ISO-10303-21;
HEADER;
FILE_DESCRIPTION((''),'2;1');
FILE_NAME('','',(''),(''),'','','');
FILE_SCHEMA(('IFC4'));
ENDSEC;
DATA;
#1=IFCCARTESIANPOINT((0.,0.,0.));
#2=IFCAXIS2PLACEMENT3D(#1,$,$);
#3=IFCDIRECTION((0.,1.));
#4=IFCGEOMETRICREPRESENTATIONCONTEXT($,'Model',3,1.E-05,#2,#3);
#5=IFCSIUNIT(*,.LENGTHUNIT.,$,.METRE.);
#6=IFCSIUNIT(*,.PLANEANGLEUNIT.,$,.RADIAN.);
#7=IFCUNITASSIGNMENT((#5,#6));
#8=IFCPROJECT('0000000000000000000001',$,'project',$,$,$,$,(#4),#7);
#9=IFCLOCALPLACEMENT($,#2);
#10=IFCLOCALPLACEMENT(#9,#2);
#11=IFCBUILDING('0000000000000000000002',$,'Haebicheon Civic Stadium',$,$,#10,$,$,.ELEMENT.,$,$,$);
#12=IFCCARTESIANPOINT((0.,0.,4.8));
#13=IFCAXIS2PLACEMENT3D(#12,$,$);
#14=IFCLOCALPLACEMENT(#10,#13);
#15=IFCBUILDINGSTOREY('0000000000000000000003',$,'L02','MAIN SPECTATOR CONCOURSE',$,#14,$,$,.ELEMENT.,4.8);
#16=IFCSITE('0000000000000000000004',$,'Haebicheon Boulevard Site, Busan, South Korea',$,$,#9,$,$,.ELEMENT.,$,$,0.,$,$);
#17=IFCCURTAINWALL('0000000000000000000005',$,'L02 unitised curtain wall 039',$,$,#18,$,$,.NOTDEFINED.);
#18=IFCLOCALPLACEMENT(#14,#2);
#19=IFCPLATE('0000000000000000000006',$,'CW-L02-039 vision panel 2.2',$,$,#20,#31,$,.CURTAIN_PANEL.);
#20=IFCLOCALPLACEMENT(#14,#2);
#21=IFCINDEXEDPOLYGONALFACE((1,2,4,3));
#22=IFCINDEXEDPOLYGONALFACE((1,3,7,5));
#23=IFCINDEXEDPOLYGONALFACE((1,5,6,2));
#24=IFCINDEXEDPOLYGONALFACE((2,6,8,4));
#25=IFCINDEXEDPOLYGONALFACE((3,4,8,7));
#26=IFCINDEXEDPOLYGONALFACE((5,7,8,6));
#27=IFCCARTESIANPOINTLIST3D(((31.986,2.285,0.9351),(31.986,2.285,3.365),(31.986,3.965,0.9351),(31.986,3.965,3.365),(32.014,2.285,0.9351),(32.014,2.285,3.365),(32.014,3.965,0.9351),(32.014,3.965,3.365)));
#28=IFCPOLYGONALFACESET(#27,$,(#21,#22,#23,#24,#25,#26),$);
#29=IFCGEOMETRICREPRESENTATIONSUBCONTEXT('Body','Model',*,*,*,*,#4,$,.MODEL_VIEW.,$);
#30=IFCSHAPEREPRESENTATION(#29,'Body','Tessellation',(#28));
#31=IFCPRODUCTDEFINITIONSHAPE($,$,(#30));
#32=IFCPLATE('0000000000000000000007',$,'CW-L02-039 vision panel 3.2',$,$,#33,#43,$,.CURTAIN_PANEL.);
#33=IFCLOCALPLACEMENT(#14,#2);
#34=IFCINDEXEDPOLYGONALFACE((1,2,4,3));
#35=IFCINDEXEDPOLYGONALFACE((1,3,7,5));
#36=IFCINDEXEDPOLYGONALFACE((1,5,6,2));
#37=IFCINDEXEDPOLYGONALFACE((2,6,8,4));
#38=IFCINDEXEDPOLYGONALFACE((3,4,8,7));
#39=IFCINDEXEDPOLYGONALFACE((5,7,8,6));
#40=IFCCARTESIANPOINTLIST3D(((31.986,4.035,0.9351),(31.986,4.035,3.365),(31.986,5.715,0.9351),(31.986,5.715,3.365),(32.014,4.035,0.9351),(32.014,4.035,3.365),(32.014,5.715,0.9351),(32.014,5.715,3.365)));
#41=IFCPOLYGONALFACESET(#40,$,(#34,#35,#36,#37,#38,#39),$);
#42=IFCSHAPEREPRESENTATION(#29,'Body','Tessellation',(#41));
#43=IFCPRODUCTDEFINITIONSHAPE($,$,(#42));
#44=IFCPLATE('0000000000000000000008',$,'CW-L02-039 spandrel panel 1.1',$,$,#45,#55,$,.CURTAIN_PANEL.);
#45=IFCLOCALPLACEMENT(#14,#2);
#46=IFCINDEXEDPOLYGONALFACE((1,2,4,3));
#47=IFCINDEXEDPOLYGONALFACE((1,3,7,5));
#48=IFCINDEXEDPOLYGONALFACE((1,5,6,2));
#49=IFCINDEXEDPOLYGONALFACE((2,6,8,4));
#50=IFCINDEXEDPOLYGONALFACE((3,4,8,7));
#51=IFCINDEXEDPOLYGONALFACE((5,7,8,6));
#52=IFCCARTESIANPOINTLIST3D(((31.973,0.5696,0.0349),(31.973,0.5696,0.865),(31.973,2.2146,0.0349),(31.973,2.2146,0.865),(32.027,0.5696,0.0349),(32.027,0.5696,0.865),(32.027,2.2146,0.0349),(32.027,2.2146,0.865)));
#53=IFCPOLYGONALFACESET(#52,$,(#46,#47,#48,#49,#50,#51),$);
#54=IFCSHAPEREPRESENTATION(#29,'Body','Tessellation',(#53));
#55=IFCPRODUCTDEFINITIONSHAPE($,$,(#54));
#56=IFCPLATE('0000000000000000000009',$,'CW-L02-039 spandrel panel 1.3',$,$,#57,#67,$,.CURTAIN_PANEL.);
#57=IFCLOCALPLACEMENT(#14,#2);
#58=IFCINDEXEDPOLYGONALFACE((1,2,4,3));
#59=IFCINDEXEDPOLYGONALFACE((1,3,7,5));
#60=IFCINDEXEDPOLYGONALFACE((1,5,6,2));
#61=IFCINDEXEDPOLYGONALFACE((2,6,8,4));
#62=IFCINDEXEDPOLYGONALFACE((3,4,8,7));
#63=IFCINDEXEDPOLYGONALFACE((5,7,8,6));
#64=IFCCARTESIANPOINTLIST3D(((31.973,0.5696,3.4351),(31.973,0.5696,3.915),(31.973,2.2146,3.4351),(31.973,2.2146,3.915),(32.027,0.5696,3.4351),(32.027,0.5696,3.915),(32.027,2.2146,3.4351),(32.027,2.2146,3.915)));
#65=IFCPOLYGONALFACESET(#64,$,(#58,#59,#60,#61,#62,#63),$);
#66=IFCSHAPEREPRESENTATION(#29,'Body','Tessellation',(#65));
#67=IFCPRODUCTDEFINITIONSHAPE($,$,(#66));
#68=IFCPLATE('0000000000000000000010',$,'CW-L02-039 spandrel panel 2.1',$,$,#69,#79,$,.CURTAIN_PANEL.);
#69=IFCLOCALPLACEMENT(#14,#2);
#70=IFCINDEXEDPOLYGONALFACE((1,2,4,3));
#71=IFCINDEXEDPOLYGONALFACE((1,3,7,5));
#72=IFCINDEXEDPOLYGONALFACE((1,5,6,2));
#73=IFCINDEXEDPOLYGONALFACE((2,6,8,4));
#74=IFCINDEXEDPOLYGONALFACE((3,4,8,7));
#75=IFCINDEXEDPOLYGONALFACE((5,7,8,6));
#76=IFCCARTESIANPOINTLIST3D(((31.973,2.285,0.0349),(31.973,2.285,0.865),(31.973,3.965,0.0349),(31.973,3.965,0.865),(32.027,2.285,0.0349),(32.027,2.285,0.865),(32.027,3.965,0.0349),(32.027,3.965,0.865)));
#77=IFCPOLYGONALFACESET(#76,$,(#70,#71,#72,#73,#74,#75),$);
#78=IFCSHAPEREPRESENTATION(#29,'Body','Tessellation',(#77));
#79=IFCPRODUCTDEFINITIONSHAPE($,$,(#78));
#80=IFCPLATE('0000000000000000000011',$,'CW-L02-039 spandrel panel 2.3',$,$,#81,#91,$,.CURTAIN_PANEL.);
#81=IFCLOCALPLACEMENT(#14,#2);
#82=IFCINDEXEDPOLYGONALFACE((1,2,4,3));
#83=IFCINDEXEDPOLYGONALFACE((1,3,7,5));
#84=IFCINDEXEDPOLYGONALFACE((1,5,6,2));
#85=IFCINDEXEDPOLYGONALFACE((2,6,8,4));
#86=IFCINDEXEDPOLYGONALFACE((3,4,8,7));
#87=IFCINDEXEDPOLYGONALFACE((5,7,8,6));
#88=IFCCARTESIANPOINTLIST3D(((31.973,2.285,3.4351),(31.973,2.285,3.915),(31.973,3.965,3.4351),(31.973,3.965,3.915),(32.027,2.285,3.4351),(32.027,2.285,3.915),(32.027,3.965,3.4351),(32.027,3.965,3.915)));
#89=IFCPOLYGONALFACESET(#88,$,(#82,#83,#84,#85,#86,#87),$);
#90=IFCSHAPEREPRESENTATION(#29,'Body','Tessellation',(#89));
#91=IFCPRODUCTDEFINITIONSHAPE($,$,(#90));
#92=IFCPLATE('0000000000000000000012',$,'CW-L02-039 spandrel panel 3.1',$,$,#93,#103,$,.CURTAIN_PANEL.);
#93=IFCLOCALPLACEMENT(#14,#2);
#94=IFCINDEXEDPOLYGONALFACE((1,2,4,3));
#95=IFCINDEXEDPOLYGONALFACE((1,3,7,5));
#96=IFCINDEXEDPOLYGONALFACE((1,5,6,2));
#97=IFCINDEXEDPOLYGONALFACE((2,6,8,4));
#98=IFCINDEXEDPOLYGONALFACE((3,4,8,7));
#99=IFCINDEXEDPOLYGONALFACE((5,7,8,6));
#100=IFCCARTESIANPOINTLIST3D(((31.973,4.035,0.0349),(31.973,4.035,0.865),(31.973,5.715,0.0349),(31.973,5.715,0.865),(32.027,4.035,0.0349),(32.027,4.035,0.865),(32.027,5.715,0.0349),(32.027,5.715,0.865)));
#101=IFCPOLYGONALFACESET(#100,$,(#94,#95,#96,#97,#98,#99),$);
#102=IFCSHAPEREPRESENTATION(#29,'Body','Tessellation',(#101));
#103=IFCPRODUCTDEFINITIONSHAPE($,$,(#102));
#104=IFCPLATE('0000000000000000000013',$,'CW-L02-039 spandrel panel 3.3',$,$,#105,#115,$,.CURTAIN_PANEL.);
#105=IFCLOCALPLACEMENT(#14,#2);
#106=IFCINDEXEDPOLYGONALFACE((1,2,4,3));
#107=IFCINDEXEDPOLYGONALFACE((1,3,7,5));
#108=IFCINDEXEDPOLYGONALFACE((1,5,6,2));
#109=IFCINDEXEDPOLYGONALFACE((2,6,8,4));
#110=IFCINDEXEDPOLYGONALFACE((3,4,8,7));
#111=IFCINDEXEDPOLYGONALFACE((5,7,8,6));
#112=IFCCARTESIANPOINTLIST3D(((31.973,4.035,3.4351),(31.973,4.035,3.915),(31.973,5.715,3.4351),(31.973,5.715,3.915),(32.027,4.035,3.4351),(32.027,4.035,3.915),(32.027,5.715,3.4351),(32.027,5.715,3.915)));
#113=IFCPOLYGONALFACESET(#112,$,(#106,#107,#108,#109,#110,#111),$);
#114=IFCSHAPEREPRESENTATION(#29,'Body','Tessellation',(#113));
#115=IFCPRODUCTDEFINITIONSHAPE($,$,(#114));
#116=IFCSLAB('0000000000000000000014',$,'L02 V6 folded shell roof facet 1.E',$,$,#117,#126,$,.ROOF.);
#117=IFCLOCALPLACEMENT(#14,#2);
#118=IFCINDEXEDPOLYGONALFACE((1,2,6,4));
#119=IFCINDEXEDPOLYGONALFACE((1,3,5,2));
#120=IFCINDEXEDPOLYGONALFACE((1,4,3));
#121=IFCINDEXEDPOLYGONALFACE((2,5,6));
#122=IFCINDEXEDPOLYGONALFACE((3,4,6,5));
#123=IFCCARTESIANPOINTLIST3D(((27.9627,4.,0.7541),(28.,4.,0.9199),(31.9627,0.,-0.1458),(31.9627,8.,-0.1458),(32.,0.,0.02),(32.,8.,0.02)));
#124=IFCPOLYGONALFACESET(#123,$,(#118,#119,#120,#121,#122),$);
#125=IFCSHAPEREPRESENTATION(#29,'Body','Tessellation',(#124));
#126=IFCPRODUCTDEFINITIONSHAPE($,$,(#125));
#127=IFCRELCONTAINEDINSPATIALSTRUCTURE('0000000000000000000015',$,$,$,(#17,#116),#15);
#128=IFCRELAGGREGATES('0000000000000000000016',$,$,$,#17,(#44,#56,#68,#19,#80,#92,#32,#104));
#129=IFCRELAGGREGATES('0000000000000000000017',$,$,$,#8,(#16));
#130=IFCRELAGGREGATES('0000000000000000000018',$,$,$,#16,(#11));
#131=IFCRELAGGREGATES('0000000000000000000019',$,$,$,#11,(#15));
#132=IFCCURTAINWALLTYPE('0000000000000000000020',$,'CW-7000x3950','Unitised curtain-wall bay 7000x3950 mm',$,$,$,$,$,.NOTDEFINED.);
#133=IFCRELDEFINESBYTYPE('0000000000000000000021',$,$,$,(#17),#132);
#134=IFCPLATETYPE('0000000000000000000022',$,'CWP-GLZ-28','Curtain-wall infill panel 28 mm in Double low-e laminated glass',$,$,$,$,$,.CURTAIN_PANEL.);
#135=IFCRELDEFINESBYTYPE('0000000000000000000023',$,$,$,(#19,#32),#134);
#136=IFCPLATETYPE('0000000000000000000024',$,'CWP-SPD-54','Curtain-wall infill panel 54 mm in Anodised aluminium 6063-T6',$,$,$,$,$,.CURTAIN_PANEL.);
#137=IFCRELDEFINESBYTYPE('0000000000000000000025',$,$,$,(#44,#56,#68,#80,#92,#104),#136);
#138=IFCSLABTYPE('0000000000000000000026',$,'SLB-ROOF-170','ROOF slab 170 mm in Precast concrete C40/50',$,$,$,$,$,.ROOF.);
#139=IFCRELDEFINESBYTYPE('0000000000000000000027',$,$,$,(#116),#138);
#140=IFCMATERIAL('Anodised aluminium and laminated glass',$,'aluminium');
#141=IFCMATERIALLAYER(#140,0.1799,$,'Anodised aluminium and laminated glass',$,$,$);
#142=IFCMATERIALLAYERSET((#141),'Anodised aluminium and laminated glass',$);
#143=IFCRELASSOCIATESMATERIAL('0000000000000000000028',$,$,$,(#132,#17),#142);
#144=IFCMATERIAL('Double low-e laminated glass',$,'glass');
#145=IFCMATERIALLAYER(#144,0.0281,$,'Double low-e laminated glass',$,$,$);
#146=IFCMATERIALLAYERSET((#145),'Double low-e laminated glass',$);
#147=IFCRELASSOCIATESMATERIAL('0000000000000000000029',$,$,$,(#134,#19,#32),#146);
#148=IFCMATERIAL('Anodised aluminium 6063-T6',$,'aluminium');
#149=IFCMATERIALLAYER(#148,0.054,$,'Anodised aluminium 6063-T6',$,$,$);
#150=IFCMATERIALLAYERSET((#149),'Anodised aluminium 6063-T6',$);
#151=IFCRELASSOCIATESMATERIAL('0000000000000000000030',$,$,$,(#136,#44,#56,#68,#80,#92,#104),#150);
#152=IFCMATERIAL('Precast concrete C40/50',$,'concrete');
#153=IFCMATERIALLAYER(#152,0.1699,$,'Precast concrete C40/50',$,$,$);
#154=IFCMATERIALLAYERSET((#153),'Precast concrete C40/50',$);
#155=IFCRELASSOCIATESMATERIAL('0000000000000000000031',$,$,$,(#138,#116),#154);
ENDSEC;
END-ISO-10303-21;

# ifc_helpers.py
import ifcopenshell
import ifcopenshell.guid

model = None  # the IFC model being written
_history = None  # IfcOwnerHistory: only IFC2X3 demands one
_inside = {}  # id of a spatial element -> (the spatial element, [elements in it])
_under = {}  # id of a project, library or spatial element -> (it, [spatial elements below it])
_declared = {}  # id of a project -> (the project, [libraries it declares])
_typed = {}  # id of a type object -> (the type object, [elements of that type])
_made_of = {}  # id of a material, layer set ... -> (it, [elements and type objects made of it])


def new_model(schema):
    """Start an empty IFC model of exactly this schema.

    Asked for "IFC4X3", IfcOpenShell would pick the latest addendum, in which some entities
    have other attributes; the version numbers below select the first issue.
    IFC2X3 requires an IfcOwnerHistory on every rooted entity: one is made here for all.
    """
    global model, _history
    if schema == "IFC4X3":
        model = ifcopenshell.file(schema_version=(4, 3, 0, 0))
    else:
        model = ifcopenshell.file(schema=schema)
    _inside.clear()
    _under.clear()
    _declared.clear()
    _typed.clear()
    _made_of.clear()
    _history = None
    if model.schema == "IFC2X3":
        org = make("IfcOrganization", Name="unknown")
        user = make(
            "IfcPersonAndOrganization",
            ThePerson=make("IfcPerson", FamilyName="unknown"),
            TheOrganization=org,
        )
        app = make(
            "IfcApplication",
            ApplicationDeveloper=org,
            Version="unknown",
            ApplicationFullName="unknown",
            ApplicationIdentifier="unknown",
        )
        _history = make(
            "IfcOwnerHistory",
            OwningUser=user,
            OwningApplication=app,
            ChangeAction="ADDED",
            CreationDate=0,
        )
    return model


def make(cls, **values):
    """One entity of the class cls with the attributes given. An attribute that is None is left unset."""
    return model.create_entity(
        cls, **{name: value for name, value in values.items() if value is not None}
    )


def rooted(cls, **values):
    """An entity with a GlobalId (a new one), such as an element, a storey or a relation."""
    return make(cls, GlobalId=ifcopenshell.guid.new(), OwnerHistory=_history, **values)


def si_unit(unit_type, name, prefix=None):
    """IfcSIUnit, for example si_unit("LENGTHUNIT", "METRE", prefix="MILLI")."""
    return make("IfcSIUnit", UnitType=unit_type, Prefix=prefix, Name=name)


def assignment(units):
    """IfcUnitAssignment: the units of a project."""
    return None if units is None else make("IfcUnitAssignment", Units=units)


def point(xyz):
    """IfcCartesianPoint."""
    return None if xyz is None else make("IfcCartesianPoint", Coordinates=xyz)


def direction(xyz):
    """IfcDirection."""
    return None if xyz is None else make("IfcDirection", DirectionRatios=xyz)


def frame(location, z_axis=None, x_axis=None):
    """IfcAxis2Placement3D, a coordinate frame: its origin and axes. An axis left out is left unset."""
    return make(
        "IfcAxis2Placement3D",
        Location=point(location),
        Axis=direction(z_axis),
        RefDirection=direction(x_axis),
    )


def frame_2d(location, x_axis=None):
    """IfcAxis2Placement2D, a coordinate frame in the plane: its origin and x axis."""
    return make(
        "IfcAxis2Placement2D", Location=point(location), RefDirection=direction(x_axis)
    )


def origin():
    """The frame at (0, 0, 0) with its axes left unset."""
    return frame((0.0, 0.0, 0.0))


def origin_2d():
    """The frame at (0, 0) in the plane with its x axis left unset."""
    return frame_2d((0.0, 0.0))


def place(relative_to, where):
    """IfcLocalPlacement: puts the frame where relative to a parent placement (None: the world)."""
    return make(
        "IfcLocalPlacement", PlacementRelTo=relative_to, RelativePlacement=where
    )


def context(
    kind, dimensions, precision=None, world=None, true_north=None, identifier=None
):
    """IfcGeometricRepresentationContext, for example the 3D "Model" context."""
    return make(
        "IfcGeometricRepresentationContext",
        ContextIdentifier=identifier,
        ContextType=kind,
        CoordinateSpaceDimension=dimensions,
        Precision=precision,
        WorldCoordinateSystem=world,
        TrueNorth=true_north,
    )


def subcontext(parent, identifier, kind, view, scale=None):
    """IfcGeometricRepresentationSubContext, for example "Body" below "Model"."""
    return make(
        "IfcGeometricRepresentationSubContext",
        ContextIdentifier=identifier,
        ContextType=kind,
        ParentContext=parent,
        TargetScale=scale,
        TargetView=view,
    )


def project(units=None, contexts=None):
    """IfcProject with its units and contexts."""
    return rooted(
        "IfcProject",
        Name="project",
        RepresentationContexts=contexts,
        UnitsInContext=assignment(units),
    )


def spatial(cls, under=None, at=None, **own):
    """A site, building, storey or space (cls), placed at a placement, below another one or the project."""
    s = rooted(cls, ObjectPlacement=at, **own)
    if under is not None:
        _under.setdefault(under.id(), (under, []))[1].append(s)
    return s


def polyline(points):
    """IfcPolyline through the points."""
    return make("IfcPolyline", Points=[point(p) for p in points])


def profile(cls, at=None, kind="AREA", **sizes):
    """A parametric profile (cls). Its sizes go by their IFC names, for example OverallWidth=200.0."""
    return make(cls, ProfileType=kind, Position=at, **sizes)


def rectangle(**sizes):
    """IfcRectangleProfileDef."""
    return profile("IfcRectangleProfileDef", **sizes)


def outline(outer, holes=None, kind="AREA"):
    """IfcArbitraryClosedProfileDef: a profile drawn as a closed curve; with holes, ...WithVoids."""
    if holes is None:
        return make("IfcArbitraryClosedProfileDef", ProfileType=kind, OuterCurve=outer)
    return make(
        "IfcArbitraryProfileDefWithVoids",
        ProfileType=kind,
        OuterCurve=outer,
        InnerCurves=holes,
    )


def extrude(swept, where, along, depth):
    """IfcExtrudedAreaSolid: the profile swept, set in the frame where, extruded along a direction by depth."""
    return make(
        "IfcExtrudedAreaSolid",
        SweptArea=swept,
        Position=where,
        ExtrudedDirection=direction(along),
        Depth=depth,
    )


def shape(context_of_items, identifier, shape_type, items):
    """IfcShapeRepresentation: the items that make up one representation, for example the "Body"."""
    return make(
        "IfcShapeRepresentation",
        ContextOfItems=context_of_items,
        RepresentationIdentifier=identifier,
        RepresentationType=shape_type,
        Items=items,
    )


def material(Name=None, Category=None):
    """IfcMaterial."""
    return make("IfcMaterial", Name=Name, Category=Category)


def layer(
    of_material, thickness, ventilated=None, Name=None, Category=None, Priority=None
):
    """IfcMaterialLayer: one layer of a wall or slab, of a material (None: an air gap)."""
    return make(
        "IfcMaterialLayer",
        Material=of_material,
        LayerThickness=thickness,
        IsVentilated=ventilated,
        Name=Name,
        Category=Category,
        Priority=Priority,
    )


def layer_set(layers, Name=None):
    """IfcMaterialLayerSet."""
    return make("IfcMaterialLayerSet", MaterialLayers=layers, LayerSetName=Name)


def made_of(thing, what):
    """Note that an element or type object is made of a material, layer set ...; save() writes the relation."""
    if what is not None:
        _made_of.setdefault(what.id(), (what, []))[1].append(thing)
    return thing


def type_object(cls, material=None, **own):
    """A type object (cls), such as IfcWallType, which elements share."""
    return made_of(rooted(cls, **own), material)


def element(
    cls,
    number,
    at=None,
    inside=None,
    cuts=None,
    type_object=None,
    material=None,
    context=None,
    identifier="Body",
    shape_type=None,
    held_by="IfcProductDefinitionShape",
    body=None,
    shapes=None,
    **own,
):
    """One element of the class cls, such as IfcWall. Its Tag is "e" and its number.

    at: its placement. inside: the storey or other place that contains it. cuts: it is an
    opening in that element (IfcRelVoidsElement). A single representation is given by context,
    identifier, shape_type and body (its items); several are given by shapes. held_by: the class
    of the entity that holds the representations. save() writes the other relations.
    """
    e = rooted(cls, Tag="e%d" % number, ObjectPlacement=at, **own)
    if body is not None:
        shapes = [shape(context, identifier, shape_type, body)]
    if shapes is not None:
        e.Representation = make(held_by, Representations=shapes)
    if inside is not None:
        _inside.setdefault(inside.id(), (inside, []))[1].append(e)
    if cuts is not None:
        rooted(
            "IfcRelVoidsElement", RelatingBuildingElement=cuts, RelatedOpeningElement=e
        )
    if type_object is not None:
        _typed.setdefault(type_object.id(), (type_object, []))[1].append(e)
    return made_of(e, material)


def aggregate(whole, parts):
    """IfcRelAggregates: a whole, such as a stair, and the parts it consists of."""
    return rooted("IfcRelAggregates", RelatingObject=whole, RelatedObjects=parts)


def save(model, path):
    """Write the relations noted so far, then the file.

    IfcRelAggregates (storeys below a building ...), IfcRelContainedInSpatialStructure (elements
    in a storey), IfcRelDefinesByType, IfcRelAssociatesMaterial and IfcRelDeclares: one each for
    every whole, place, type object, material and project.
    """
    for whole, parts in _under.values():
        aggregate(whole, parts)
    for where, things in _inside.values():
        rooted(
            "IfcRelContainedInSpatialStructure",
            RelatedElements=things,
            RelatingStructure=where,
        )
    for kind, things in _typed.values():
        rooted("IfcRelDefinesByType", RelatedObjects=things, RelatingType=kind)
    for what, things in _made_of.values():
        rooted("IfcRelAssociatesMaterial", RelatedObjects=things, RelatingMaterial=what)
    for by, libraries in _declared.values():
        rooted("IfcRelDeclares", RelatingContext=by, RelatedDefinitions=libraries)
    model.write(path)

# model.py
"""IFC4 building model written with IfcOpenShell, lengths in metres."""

from ifc_helpers import new_model, si_unit, direction, frame, origin, origin_2d, place, context, subcontext, project, spatial, polyline, rectangle, outline, extrude, material, layer, layer_set, type_object, element, aggregate, save


model = new_model("IFC4")

# Units and contexts
model_context = context("Model", 3, precision=1e-05, world=origin(), true_north=direction((0.0, 1.0)))
body_context = subcontext(model_context, "Body", "Model", "MODEL_VIEW")
ifc_project = project(units=[si_unit("LENGTHUNIT", "METRE"), si_unit("PLANEANGLEUNIT", "RADIAN")], contexts=[model_context])

# Site, building, storey
site_placement = place(None, origin())
site = spatial("IfcSite", under=ifc_project, at=site_placement, Name="Haebicheon Boulevard Site, Busan, South Korea", CompositionType="ELEMENT", RefElevation=0.0)
building_placement = place(site_placement, origin())
building = spatial("IfcBuilding", under=site, at=building_placement, Name="Haebicheon Civic Stadium", CompositionType="ELEMENT")
storey_placement = place(building_placement, frame((0.0, 0.0, 4.8)))
storey = spatial("IfcBuildingStorey", under=building, at=storey_placement, Name="L02", Description="MAIN SPECTATOR CONCOURSE", CompositionType="ELEMENT", Elevation=4.8)

# Shared definitions
ifc_material_1 = material(Name="Anodised aluminium and laminated glass", Category="aluminium")
ifc_layer_1 = layer(ifc_material_1, 0.1799, Name="Anodised aluminium and laminated glass")
ifc_layer_set_1 = layer_set([ifc_layer_1], Name="Anodised aluminium and laminated glass")
curtain_wall_type = type_object("IfcCurtainWallType", Name="CW-7000x3950", Description="Unitised curtain-wall bay 7000x3950 mm", PredefinedType="NOTDEFINED", material=ifc_layer_set_1)

# Curtain wall
curtain_wall_1_placement = place(storey_placement, origin())
curtain_wall_1 = element("IfcCurtainWall", 1, at=curtain_wall_1_placement, inside=storey, type_object=curtain_wall_type, material=ifc_layer_set_1, Name="L02 unitised curtain wall 039", PredefinedType="NOTDEFINED")

# Plates
ifc_material_2 = material(Name="Double low-e laminated glass", Category="glass")
ifc_layer_2 = layer(ifc_material_2, 0.0281, Name="Double low-e laminated glass")
ifc_layer_set_2 = layer_set([ifc_layer_2], Name="Double low-e laminated glass")
plate_type_1 = type_object("IfcPlateType", Name="CWP-GLZ-28", Description="Curtain-wall infill panel 28 mm in Double low-e laminated glass", PredefinedType="CURTAIN_PANEL", material=ifc_layer_set_2)
plate_1_placement = place(storey_placement, frame((32.0, 3.125, 0.9351), z_axis=(0.0, 0.0, 1.0), x_axis=(0.0, 1.0, 0.0)))
plate_1 = element("IfcPlate", 2, at=plate_1_placement, type_object=plate_type_1, material=ifc_layer_set_2, Name="CW-L02-039 vision panel 2.2", PredefinedType="CURTAIN_PANEL", context=body_context, shape_type="SweptSolid", body=[
    extrude(rectangle(XDim=1.6799, YDim=0.0281, at=origin_2d()), origin(), (0.0, 0.0, 1.0), 2.4299),
])
plate_2_placement = place(storey_placement, frame((32.0, 4.875, 0.9351), z_axis=(0.0, 0.0, 1.0), x_axis=(0.0, 1.0, 0.0)))
plate_2 = element("IfcPlate", 3, at=plate_2_placement, type_object=plate_type_1, material=ifc_layer_set_2, Name="CW-L02-039 vision panel 3.2", PredefinedType="CURTAIN_PANEL", context=body_context, shape_type="SweptSolid", body=[
    extrude(rectangle(XDim=1.6799, YDim=0.0281, at=origin_2d()), origin(), (0.0, 0.0, 1.0), 2.4299),
])
ifc_material_3 = material(Name="Anodised aluminium 6063-T6", Category="aluminium")
ifc_layer_3 = layer(ifc_material_3, 0.054, Name="Anodised aluminium 6063-T6")
ifc_layer_set_3 = layer_set([ifc_layer_3], Name="Anodised aluminium 6063-T6")
plate_type_2 = type_object("IfcPlateType", Name="CWP-SPD-54", Description="Curtain-wall infill panel 54 mm in Anodised aluminium 6063-T6", PredefinedType="CURTAIN_PANEL", material=ifc_layer_set_3)
plate_3_placement = place(storey_placement, frame((32.0, 1.3921, 0.0349), z_axis=(0.0, 0.0, 1.0), x_axis=(0.0, 1.0, 0.0)))
plate_3 = element("IfcPlate", 4, at=plate_3_placement, type_object=plate_type_2, material=ifc_layer_set_3, Name="CW-L02-039 spandrel panel 1.1", PredefinedType="CURTAIN_PANEL", context=body_context, shape_type="SweptSolid", body=[
    extrude(rectangle(XDim=1.645, YDim=0.054, at=origin_2d()), origin(), (0.0, 0.0, 1.0), 0.8301),
])
plate_4_placement = place(storey_placement, frame((32.0, 1.3921, 3.4351), z_axis=(0.0, 0.0, 1.0), x_axis=(0.0, 1.0, 0.0)))
plate_4 = element("IfcPlate", 5, at=plate_4_placement, type_object=plate_type_2, material=ifc_layer_set_3, Name="CW-L02-039 spandrel panel 1.3", PredefinedType="CURTAIN_PANEL", context=body_context, shape_type="SweptSolid", body=[
    extrude(rectangle(XDim=1.645, YDim=0.054, at=origin_2d()), origin(), (0.0, 0.0, 1.0), 0.48),
])
plate_5_placement = place(storey_placement, frame((32.0, 3.125, 0.0349), z_axis=(0.0, 0.0, 1.0), x_axis=(0.0, 1.0, 0.0)))
plate_5 = element("IfcPlate", 6, at=plate_5_placement, type_object=plate_type_2, material=ifc_layer_set_3, Name="CW-L02-039 spandrel panel 2.1", PredefinedType="CURTAIN_PANEL", context=body_context, shape_type="SweptSolid", body=[
    extrude(rectangle(XDim=1.6799, YDim=0.054, at=origin_2d()), origin(), (0.0, 0.0, 1.0), 0.8301),
])
plate_6_placement = place(storey_placement, frame((32.0, 3.125, 3.4351), z_axis=(0.0, 0.0, 1.0), x_axis=(0.0, 1.0, 0.0)))
plate_6 = element("IfcPlate", 7, at=plate_6_placement, type_object=plate_type_2, material=ifc_layer_set_3, Name="CW-L02-039 spandrel panel 2.3", PredefinedType="CURTAIN_PANEL", context=body_context, shape_type="SweptSolid", body=[
    extrude(rectangle(XDim=1.6799, YDim=0.054, at=origin_2d()), origin(), (0.0, 0.0, 1.0), 0.48),
])
plate_7_placement = place(storey_placement, frame((32.0, 4.875, 0.0349), z_axis=(0.0, 0.0, 1.0), x_axis=(0.0, 1.0, 0.0)))
plate_7 = element("IfcPlate", 8, at=plate_7_placement, type_object=plate_type_2, material=ifc_layer_set_3, Name="CW-L02-039 spandrel panel 3.1", PredefinedType="CURTAIN_PANEL", context=body_context, shape_type="SweptSolid", body=[
    extrude(rectangle(XDim=1.6799, YDim=0.054, at=origin_2d()), origin(), (0.0, 0.0, 1.0), 0.8301),
])
plate_8_placement = place(storey_placement, frame((32.0, 4.875, 3.4351), z_axis=(0.0, 0.0, 1.0), x_axis=(0.0, 1.0, 0.0)))
plate_8 = element("IfcPlate", 9, at=plate_8_placement, type_object=plate_type_2, material=ifc_layer_set_3, Name="CW-L02-039 spandrel panel 3.3", PredefinedType="CURTAIN_PANEL", context=body_context, shape_type="SweptSolid", body=[
    extrude(rectangle(XDim=1.6799, YDim=0.054, at=origin_2d()), origin(), (0.0, 0.0, 1.0), 0.48),
])
aggregate(curtain_wall_1, [plate_3, plate_4, plate_5, plate_1, plate_6, plate_7, plate_2, plate_8])

# Slab
ifc_material_4 = material(Name="Precast concrete C40/50", Category="concrete")
ifc_layer_4 = layer(ifc_material_4, 0.1699, Name="Precast concrete C40/50")
ifc_layer_set_4 = layer_set([ifc_layer_4], Name="Precast concrete C40/50")
slab_type = type_object("IfcSlabType", Name="SLB-ROOF-170", Description="ROOF slab 170 mm in Precast concrete C40/50", PredefinedType="ROOF", material=ifc_layer_set_4)
slab_placement = place(storey_placement, frame((32.0, 0.0, 0.02), z_axis=(0.21949, 0.0, 0.975615), x_axis=(0.0, 1.0, 0.0)))
element("IfcSlab", 10, at=slab_placement, inside=storey, type_object=slab_type, material=ifc_layer_set_4, Name="L02 V6 folded shell roof facet 1.E", PredefinedType="ROOF", context=body_context, shape_type="SweptSolid", body=[
    extrude(outline(polyline([(0.0, 0.0), (8.0, 0.0), (4.0, 4.1), (0.0, 0.0)])), origin(), (0.0, 0.0, -1.0), 0.1699),
])

save(model, "model.ifc")
